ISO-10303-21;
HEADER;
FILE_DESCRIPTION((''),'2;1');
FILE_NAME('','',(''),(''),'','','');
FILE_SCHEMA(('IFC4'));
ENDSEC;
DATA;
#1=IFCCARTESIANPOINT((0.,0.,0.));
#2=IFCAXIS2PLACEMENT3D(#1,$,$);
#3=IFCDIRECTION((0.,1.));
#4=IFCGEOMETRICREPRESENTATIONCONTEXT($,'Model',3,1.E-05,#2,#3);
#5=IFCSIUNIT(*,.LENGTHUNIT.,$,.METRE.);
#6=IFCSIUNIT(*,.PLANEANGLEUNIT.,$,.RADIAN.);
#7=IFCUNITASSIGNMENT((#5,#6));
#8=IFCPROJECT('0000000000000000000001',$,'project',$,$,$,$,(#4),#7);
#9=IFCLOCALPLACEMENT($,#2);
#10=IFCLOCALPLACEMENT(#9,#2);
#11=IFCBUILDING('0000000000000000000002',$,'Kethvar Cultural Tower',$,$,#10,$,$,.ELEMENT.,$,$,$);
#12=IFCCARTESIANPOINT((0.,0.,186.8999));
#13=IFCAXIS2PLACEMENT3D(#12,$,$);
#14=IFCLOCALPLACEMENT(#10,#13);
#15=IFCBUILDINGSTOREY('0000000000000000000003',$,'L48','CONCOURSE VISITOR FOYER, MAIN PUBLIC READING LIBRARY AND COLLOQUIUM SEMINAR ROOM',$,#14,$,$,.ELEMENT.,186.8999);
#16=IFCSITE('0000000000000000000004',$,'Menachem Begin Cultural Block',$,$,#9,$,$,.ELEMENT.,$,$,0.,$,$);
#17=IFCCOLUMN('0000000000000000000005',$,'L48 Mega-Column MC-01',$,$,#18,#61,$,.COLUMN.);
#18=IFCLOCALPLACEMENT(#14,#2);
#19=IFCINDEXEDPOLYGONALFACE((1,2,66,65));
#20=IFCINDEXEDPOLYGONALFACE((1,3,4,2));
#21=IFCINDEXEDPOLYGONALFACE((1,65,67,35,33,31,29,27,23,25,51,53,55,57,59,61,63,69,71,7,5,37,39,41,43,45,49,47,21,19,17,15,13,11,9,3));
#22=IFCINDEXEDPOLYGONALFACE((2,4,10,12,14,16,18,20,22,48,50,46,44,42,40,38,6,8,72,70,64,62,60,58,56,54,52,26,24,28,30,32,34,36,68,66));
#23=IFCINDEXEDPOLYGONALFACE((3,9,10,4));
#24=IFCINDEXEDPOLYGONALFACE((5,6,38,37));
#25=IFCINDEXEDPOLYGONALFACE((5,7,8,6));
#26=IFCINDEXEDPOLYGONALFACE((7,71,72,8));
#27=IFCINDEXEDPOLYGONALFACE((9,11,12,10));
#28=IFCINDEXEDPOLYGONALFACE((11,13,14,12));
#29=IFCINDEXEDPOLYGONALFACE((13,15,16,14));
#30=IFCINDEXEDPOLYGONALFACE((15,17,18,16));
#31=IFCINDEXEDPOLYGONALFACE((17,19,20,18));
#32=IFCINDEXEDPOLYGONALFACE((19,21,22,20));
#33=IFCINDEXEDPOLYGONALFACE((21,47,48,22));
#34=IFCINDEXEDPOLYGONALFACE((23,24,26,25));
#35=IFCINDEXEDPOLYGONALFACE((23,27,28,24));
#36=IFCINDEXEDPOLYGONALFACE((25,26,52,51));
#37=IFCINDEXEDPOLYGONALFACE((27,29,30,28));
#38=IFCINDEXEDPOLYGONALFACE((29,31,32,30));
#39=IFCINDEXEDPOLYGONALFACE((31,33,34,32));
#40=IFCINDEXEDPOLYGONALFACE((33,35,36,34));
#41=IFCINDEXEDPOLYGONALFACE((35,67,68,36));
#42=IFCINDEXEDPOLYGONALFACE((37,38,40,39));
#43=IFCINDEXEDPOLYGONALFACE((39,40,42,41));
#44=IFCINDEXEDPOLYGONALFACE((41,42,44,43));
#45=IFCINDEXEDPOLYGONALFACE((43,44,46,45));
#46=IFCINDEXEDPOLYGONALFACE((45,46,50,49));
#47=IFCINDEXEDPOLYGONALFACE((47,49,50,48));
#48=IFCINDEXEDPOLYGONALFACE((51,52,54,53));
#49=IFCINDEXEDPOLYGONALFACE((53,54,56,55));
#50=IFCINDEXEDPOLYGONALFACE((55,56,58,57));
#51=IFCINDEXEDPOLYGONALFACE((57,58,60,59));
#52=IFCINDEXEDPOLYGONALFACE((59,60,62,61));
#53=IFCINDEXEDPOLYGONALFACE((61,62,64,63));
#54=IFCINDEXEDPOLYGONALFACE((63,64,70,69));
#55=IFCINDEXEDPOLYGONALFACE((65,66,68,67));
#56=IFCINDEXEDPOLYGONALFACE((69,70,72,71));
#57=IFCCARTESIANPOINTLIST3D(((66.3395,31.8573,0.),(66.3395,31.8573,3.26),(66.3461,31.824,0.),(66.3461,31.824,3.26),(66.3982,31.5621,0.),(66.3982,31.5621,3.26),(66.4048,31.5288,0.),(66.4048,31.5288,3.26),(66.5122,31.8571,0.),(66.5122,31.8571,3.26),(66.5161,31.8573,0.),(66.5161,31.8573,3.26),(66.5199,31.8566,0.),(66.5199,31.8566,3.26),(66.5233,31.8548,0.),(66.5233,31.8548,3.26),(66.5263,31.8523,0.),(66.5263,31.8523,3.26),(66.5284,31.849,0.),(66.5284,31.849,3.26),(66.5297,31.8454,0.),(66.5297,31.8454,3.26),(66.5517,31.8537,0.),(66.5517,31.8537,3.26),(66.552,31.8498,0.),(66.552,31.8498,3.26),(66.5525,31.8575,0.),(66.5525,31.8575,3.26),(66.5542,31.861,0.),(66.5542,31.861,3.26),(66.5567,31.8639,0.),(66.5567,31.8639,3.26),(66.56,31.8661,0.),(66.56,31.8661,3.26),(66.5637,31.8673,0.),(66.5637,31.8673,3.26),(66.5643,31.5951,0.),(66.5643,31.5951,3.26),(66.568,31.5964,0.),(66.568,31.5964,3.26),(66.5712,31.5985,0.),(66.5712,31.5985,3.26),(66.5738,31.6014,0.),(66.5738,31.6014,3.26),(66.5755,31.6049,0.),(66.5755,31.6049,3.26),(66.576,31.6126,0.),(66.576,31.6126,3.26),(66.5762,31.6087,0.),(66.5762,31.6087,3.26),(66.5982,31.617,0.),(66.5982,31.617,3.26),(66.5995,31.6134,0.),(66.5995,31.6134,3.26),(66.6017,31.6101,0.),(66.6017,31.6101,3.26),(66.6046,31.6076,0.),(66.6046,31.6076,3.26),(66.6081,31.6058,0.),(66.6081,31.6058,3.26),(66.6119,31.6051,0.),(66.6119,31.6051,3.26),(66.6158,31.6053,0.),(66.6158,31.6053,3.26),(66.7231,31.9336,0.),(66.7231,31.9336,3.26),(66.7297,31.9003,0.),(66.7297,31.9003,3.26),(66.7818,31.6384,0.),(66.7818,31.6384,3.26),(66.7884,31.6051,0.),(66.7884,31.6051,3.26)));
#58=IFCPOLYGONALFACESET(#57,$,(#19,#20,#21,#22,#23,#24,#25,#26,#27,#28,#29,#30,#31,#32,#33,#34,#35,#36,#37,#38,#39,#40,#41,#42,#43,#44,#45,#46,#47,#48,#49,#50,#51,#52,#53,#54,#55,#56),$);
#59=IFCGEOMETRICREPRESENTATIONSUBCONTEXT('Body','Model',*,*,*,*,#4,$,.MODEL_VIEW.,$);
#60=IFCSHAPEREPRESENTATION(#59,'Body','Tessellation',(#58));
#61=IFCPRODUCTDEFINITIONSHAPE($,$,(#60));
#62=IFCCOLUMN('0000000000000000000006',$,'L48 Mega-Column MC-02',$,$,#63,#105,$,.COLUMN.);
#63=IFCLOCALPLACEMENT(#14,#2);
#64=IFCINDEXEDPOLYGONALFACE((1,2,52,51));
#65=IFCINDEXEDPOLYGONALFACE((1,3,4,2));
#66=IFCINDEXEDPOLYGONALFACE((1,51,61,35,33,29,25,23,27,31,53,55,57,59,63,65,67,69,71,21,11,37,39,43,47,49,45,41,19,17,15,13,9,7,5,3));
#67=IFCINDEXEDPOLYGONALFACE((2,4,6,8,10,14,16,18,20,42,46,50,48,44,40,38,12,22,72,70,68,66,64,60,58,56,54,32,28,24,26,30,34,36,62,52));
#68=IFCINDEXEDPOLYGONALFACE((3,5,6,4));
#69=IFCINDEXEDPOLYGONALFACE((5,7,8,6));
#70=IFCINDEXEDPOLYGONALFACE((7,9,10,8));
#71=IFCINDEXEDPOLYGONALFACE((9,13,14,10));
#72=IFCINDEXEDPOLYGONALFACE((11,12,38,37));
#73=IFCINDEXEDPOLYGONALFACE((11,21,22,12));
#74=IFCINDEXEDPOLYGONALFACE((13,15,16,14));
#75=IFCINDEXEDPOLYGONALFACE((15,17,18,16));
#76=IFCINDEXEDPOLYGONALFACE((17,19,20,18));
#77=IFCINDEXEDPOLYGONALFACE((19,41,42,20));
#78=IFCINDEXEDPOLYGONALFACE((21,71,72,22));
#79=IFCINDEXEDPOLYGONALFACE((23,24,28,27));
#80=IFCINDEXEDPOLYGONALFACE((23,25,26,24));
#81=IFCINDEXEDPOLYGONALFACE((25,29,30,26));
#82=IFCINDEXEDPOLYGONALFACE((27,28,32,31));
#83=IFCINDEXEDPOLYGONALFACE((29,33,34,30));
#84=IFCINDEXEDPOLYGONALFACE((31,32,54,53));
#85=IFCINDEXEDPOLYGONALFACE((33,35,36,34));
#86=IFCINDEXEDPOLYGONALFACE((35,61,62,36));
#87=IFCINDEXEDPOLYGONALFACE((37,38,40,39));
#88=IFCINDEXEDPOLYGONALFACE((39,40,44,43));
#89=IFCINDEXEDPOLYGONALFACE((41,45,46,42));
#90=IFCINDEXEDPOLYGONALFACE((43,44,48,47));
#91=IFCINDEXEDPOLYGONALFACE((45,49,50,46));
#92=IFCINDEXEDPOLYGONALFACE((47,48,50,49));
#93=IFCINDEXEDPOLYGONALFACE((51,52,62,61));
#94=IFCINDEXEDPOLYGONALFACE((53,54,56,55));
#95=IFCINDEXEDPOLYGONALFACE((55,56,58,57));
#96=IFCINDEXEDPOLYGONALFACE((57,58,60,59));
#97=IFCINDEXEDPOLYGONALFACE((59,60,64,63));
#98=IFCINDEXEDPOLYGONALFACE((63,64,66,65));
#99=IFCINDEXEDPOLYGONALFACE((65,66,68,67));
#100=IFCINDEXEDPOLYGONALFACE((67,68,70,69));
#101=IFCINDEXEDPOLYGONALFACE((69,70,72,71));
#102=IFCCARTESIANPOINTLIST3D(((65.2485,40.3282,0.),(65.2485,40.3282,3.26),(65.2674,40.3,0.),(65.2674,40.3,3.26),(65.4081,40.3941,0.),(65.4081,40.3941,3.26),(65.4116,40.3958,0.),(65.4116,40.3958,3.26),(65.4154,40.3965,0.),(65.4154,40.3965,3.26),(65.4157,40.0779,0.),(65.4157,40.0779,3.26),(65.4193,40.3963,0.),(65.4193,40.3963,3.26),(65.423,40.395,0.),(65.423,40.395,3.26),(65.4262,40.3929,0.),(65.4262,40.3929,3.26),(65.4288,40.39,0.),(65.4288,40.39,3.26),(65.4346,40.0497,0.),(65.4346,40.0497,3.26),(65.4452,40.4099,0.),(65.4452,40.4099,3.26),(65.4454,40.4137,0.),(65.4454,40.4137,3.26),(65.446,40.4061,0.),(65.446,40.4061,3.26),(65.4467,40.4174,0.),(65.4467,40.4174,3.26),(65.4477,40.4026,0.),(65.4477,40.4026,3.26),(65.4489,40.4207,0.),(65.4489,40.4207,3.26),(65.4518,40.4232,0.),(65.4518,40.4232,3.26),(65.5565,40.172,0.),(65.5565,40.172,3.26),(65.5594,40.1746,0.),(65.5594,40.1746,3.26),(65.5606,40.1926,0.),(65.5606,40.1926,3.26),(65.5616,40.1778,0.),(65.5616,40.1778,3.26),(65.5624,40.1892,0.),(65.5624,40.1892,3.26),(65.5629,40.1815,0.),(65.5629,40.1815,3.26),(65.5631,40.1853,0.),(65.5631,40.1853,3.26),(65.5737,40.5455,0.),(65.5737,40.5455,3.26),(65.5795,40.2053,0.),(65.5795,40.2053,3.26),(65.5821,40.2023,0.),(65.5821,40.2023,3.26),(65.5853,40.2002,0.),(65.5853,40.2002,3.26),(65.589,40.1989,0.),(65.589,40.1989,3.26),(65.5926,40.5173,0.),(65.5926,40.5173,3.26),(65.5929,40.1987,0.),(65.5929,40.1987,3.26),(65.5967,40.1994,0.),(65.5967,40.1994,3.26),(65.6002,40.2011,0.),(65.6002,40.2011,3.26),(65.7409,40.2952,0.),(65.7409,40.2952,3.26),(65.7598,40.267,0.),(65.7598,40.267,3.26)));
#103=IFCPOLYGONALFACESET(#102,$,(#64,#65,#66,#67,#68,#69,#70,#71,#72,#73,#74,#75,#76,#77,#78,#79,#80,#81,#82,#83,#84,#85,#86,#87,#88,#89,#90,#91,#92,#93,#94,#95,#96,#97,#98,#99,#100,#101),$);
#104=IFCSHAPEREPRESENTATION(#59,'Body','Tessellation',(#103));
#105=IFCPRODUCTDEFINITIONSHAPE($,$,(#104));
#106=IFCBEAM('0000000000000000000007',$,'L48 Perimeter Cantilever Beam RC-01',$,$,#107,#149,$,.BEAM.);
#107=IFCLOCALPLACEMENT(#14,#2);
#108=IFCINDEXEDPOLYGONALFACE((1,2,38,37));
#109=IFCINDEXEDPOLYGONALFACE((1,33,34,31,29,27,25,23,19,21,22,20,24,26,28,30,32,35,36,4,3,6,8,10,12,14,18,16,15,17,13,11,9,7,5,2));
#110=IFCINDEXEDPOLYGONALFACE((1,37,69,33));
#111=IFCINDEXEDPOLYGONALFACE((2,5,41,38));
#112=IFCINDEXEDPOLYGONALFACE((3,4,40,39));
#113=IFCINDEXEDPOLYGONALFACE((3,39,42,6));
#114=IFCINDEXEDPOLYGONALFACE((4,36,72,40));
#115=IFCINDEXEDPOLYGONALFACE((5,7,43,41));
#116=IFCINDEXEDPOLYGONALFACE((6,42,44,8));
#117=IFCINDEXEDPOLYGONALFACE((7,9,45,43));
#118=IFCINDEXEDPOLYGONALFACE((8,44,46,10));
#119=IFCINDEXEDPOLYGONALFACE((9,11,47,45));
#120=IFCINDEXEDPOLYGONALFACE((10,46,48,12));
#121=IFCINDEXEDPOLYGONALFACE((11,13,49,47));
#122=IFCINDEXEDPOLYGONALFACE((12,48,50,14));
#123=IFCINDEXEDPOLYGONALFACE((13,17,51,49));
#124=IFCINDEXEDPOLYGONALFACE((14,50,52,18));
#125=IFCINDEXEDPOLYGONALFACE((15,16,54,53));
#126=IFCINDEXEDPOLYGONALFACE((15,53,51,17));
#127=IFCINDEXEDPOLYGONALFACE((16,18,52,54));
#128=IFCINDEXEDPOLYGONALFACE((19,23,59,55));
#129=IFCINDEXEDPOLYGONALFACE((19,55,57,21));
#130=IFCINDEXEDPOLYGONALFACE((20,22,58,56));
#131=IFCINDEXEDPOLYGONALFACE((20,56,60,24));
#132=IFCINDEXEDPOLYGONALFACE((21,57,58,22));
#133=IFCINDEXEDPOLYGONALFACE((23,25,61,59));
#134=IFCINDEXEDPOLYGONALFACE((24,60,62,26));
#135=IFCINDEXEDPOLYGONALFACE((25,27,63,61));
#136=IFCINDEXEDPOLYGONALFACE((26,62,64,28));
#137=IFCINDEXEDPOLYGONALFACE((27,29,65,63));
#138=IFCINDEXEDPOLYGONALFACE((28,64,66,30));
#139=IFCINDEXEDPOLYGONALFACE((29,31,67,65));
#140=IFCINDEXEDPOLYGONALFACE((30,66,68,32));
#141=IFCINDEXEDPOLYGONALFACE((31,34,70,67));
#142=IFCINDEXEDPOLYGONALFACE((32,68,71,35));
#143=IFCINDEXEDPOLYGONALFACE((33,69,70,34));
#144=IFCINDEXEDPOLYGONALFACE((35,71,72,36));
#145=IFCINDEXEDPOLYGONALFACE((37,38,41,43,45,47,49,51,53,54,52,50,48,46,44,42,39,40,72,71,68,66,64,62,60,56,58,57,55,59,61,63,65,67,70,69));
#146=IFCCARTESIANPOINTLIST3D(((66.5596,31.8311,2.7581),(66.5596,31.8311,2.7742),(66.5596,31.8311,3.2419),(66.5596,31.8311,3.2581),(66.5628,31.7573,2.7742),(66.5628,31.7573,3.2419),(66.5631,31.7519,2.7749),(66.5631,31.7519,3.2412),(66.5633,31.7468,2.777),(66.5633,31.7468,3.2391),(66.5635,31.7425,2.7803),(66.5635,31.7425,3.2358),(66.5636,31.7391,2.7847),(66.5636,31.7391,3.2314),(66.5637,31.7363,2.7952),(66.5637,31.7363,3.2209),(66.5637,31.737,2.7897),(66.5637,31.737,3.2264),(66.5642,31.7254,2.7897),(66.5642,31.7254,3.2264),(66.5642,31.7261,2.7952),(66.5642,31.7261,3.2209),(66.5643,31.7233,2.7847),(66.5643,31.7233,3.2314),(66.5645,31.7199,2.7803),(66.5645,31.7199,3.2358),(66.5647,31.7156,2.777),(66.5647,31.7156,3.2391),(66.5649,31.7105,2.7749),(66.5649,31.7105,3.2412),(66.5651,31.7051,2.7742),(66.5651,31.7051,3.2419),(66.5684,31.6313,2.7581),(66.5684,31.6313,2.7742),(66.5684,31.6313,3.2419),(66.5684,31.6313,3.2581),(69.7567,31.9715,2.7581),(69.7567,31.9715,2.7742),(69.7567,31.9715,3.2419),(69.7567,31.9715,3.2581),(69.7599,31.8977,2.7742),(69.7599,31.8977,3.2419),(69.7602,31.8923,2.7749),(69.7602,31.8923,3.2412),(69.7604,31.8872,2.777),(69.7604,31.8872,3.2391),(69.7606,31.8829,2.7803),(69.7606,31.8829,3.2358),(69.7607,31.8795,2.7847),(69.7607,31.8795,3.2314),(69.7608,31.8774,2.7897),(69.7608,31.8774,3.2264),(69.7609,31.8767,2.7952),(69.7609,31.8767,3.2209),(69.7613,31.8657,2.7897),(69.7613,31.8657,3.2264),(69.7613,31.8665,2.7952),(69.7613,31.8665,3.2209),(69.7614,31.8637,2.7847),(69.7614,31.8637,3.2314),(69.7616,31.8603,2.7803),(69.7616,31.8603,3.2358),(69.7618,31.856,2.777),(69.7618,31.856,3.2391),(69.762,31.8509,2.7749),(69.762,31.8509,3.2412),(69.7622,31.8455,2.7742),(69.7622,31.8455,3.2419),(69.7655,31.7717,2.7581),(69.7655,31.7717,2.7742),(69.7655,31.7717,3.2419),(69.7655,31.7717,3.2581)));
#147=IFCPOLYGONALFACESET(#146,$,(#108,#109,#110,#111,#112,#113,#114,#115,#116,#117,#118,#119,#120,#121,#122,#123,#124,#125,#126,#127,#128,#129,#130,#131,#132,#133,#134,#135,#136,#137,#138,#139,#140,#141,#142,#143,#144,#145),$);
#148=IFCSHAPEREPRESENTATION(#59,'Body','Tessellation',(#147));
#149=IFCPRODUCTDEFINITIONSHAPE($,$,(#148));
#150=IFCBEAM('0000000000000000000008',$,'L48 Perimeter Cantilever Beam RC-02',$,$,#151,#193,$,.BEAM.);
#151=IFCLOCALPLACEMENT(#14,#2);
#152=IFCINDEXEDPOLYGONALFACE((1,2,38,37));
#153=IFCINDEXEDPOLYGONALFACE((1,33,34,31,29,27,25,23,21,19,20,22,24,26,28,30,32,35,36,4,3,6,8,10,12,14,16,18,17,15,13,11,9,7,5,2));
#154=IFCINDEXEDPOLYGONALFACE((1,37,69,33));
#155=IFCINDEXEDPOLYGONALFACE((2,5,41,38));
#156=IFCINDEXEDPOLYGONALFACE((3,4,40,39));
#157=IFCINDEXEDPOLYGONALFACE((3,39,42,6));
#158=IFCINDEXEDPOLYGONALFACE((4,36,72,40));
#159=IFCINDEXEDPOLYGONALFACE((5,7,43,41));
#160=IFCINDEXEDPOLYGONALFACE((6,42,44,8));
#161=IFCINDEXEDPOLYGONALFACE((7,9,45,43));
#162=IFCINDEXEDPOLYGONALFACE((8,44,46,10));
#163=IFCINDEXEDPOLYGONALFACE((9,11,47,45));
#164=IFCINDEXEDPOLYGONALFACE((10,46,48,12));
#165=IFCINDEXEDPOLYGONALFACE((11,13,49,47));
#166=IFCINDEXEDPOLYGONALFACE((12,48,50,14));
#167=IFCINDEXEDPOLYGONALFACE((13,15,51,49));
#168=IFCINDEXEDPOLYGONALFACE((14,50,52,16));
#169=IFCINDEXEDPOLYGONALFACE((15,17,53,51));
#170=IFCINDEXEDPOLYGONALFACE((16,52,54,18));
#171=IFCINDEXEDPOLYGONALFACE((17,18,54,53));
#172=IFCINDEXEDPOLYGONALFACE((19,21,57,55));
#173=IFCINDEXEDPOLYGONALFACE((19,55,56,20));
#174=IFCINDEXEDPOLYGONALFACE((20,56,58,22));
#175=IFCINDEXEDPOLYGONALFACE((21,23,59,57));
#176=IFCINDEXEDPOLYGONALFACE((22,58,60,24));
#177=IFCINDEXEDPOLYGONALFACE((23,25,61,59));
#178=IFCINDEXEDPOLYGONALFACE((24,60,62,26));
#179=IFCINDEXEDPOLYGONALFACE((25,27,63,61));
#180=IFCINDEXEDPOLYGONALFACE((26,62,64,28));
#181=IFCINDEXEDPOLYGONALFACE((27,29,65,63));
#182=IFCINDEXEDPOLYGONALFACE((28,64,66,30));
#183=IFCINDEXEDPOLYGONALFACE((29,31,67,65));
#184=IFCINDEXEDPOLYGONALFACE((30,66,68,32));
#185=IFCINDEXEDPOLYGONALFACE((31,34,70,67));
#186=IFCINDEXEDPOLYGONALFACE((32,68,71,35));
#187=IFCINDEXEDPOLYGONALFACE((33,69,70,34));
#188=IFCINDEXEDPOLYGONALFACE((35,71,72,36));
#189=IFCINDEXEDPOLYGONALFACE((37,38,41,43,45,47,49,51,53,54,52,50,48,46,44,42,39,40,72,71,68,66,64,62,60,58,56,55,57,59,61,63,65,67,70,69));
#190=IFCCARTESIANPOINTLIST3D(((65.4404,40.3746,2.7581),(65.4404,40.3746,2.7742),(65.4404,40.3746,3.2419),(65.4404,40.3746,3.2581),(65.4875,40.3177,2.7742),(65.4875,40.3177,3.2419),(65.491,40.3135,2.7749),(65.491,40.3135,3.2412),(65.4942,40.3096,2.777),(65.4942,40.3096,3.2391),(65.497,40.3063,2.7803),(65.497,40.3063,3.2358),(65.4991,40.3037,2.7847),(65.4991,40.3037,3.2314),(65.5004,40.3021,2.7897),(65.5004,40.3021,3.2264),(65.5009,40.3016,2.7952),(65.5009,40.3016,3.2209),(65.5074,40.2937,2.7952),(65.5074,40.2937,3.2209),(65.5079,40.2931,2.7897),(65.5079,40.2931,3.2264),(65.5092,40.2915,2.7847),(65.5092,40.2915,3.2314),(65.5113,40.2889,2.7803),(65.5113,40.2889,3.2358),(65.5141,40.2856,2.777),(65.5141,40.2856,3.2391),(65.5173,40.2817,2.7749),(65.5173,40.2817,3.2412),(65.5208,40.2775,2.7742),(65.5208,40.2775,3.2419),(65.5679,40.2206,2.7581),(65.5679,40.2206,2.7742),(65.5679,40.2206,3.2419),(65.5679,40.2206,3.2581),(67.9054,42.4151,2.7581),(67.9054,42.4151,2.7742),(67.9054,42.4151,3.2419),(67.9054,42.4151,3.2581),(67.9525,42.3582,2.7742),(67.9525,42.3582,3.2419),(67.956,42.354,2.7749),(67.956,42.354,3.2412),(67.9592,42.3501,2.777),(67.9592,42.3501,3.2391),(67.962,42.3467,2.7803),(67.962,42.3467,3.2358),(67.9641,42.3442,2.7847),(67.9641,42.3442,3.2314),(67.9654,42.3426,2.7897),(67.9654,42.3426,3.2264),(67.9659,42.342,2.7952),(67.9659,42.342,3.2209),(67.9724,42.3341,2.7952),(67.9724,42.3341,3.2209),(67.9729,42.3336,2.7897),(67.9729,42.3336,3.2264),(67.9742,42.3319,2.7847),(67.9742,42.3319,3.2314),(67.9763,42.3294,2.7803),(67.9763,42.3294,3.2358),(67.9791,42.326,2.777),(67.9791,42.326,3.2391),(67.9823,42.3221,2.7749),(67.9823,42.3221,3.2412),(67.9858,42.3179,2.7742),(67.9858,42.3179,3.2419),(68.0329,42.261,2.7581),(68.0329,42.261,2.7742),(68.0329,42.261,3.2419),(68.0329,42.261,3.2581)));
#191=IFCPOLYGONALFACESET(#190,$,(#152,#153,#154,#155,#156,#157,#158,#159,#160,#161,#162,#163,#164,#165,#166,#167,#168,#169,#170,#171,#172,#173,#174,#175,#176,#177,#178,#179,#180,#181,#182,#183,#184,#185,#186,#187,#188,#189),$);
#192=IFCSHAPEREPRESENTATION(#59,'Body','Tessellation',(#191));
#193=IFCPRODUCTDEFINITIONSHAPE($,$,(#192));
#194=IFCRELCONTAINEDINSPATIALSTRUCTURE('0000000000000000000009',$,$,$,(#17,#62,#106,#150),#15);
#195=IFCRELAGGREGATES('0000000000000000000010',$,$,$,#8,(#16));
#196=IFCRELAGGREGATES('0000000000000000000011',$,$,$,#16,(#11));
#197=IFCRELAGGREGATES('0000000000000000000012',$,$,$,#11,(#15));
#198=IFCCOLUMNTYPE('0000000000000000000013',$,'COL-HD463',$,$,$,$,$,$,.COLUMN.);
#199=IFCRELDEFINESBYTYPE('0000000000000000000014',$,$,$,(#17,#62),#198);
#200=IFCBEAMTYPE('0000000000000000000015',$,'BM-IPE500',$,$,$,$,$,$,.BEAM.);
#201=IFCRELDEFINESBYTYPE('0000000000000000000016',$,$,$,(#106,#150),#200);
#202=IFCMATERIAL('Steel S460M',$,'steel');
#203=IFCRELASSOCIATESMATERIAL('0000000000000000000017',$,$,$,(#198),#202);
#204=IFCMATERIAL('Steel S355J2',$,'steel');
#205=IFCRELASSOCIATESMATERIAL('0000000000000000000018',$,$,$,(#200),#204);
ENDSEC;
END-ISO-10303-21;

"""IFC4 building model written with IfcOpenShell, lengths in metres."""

from ifc_helpers import new_model, si_unit, direction, frame, origin, origin_2d, place, context, subcontext, project, spatial, i_section, extrude, source, transform, mapped, material, material_profile, profile_set, type_object, element, save


model = new_model("IFC4")

# Units and contexts
model_context = context("Model", 3, precision=1e-05, world=origin(), true_north=direction((0.0, 1.0)))
body_context = subcontext(model_context, "Body", "Model", "MODEL_VIEW")
ifc_project = project(units=[si_unit("LENGTHUNIT", "METRE"), si_unit("PLANEANGLEUNIT", "RADIAN")], contexts=[model_context])

# Site, building, storey
site_placement = place(None, origin())
site = spatial("IfcSite", under=ifc_project, at=site_placement, Name="Menachem Begin Cultural Block", CompositionType="ELEMENT", RefElevation=0.0)
building_placement = place(site_placement, origin())
building = spatial("IfcBuilding", under=site, at=building_placement, Name="Kethvar Cultural Tower", CompositionType="ELEMENT")
storey_placement = place(building_placement, frame((0.0, 0.0, 186.8999)))
storey = spatial("IfcBuildingStorey", under=building, at=storey_placement, Name="L48", Description="CONCOURSE VISITOR FOYER, MAIN PUBLIC READING LIBRARY AND COLLOQUIUM SEMINAR ROOM", CompositionType="ELEMENT", Elevation=186.8999)

# Columns
ifc_material_1 = material(Name="Steel S460M", Category="steel")
ifc_material_profile_1 = material_profile(ifc_material_1, i_section(OverallWidth=0.3911, OverallDepth=0.335, WebThickness=0.0227, FlangeThickness=0.0339, FilletRadius=0.0149, at=origin_2d()), Name="Steel S460M — HD400x463")
ifc_profile_set_1 = profile_set([ifc_material_profile_1], Name="Steel S460M — HD400x463")
column_type = type_object("IfcColumnType", Name="COL-HD463", PredefinedType="COLUMN", material=ifc_profile_set_1)
shared_shape_1 = source(origin(), body_context, "Body", "SweptSolid", [
    extrude(i_section(OverallWidth=0.3911, OverallDepth=0.335, WebThickness=0.0227, FlangeThickness=0.0339, FilletRadius=0.0149, at=origin_2d()), origin(), (0.0, 0.0, 1.0), 3.26),
])
for number, where, z_axis, x_axis, name in (
    (1, (66.564, 31.7312, 0.0), (0.0, 0.0, 1.0), (0.980785, 0.19509, 0.0), "L48 Mega-Column MC-01"),
    (2, (65.5042, 40.2976, 0.0), (0.0, 0.0, 1.0), (0.83147, 0.55557, 0.0), "L48 Mega-Column MC-02"),
):
    element("IfcColumn", number, at=place(storey_placement, frame(where, z_axis=z_axis, x_axis=x_axis)), inside=storey, type_object=column_type, Name=name, PredefinedType="COLUMN", context=body_context, shape_type="MappedRepresentation", body=[
        mapped(shared_shape_1, transform((0.0, 0.0, 0.0), scale=1.0)),
    ])

# Beams
ifc_material_2 = material(Name="Steel S355J2", Category="steel")
ifc_material_profile_2 = material_profile(ifc_material_2, i_section(OverallWidth=0.2, OverallDepth=0.5, WebThickness=0.0103, FlangeThickness=0.0161, FilletRadius=0.021, at=origin_2d()), Name="Steel S355J2 — IPE500")
ifc_profile_set_2 = profile_set([ifc_material_profile_2], Name="Steel S355J2 — IPE500")
beam_type_1 = type_object("IfcBeamType", Name="BM-IPE500", PredefinedType="BEAM", material=ifc_profile_set_2)
shared_shape_2 = source(origin(), body_context, "Body", "SweptSolid", [
    extrude(i_section(OverallWidth=0.2, OverallDepth=0.5, WebThickness=0.0103, FlangeThickness=0.0161, FilletRadius=0.021, at=origin_2d()), origin(), (0.0, 0.0, 1.0), 3.2002),
])
beam_1_placement = place(storey_placement, frame((66.564, 31.7312, 3.0081), z_axis=(0.999037, 0.043868, 0.0), x_axis=(-0.043868, 0.999037, 0.0)))
element("IfcBeam", 3, at=beam_1_placement, inside=storey, type_object=beam_type_1, Name="L48 Perimeter Cantilever Beam RC-01", PredefinedType="BEAM", context=body_context, shape_type="MappedRepresentation", body=[
    mapped(shared_shape_2, transform((0.0, 0.0, 0.0), scale=1.0)),
])
shared_shape_3 = source(origin(), body_context, "Body", "SweptSolid", [
    extrude(i_section(OverallWidth=0.2, OverallDepth=0.5, WebThickness=0.0103, FlangeThickness=0.0161, FilletRadius=0.021, at=origin_2d()), origin(), (0.0, 0.0, 1.0), 3.2),
])
beam_2_placement = place(storey_placement, frame((65.5042, 40.2976, 3.0081), z_axis=(0.770325, 0.637652, 0.0), x_axis=(-0.637652, 0.770325, 0.0)))
element("IfcBeam", 4, at=beam_2_placement, inside=storey, type_object=beam_type_1, Name="L48 Perimeter Cantilever Beam RC-02", PredefinedType="BEAM", context=body_context, shape_type="MappedRepresentation", body=[
    mapped(shared_shape_3, transform((0.0, 0.0, 0.0), scale=1.0)),
])

save(model, "model.ifc")
